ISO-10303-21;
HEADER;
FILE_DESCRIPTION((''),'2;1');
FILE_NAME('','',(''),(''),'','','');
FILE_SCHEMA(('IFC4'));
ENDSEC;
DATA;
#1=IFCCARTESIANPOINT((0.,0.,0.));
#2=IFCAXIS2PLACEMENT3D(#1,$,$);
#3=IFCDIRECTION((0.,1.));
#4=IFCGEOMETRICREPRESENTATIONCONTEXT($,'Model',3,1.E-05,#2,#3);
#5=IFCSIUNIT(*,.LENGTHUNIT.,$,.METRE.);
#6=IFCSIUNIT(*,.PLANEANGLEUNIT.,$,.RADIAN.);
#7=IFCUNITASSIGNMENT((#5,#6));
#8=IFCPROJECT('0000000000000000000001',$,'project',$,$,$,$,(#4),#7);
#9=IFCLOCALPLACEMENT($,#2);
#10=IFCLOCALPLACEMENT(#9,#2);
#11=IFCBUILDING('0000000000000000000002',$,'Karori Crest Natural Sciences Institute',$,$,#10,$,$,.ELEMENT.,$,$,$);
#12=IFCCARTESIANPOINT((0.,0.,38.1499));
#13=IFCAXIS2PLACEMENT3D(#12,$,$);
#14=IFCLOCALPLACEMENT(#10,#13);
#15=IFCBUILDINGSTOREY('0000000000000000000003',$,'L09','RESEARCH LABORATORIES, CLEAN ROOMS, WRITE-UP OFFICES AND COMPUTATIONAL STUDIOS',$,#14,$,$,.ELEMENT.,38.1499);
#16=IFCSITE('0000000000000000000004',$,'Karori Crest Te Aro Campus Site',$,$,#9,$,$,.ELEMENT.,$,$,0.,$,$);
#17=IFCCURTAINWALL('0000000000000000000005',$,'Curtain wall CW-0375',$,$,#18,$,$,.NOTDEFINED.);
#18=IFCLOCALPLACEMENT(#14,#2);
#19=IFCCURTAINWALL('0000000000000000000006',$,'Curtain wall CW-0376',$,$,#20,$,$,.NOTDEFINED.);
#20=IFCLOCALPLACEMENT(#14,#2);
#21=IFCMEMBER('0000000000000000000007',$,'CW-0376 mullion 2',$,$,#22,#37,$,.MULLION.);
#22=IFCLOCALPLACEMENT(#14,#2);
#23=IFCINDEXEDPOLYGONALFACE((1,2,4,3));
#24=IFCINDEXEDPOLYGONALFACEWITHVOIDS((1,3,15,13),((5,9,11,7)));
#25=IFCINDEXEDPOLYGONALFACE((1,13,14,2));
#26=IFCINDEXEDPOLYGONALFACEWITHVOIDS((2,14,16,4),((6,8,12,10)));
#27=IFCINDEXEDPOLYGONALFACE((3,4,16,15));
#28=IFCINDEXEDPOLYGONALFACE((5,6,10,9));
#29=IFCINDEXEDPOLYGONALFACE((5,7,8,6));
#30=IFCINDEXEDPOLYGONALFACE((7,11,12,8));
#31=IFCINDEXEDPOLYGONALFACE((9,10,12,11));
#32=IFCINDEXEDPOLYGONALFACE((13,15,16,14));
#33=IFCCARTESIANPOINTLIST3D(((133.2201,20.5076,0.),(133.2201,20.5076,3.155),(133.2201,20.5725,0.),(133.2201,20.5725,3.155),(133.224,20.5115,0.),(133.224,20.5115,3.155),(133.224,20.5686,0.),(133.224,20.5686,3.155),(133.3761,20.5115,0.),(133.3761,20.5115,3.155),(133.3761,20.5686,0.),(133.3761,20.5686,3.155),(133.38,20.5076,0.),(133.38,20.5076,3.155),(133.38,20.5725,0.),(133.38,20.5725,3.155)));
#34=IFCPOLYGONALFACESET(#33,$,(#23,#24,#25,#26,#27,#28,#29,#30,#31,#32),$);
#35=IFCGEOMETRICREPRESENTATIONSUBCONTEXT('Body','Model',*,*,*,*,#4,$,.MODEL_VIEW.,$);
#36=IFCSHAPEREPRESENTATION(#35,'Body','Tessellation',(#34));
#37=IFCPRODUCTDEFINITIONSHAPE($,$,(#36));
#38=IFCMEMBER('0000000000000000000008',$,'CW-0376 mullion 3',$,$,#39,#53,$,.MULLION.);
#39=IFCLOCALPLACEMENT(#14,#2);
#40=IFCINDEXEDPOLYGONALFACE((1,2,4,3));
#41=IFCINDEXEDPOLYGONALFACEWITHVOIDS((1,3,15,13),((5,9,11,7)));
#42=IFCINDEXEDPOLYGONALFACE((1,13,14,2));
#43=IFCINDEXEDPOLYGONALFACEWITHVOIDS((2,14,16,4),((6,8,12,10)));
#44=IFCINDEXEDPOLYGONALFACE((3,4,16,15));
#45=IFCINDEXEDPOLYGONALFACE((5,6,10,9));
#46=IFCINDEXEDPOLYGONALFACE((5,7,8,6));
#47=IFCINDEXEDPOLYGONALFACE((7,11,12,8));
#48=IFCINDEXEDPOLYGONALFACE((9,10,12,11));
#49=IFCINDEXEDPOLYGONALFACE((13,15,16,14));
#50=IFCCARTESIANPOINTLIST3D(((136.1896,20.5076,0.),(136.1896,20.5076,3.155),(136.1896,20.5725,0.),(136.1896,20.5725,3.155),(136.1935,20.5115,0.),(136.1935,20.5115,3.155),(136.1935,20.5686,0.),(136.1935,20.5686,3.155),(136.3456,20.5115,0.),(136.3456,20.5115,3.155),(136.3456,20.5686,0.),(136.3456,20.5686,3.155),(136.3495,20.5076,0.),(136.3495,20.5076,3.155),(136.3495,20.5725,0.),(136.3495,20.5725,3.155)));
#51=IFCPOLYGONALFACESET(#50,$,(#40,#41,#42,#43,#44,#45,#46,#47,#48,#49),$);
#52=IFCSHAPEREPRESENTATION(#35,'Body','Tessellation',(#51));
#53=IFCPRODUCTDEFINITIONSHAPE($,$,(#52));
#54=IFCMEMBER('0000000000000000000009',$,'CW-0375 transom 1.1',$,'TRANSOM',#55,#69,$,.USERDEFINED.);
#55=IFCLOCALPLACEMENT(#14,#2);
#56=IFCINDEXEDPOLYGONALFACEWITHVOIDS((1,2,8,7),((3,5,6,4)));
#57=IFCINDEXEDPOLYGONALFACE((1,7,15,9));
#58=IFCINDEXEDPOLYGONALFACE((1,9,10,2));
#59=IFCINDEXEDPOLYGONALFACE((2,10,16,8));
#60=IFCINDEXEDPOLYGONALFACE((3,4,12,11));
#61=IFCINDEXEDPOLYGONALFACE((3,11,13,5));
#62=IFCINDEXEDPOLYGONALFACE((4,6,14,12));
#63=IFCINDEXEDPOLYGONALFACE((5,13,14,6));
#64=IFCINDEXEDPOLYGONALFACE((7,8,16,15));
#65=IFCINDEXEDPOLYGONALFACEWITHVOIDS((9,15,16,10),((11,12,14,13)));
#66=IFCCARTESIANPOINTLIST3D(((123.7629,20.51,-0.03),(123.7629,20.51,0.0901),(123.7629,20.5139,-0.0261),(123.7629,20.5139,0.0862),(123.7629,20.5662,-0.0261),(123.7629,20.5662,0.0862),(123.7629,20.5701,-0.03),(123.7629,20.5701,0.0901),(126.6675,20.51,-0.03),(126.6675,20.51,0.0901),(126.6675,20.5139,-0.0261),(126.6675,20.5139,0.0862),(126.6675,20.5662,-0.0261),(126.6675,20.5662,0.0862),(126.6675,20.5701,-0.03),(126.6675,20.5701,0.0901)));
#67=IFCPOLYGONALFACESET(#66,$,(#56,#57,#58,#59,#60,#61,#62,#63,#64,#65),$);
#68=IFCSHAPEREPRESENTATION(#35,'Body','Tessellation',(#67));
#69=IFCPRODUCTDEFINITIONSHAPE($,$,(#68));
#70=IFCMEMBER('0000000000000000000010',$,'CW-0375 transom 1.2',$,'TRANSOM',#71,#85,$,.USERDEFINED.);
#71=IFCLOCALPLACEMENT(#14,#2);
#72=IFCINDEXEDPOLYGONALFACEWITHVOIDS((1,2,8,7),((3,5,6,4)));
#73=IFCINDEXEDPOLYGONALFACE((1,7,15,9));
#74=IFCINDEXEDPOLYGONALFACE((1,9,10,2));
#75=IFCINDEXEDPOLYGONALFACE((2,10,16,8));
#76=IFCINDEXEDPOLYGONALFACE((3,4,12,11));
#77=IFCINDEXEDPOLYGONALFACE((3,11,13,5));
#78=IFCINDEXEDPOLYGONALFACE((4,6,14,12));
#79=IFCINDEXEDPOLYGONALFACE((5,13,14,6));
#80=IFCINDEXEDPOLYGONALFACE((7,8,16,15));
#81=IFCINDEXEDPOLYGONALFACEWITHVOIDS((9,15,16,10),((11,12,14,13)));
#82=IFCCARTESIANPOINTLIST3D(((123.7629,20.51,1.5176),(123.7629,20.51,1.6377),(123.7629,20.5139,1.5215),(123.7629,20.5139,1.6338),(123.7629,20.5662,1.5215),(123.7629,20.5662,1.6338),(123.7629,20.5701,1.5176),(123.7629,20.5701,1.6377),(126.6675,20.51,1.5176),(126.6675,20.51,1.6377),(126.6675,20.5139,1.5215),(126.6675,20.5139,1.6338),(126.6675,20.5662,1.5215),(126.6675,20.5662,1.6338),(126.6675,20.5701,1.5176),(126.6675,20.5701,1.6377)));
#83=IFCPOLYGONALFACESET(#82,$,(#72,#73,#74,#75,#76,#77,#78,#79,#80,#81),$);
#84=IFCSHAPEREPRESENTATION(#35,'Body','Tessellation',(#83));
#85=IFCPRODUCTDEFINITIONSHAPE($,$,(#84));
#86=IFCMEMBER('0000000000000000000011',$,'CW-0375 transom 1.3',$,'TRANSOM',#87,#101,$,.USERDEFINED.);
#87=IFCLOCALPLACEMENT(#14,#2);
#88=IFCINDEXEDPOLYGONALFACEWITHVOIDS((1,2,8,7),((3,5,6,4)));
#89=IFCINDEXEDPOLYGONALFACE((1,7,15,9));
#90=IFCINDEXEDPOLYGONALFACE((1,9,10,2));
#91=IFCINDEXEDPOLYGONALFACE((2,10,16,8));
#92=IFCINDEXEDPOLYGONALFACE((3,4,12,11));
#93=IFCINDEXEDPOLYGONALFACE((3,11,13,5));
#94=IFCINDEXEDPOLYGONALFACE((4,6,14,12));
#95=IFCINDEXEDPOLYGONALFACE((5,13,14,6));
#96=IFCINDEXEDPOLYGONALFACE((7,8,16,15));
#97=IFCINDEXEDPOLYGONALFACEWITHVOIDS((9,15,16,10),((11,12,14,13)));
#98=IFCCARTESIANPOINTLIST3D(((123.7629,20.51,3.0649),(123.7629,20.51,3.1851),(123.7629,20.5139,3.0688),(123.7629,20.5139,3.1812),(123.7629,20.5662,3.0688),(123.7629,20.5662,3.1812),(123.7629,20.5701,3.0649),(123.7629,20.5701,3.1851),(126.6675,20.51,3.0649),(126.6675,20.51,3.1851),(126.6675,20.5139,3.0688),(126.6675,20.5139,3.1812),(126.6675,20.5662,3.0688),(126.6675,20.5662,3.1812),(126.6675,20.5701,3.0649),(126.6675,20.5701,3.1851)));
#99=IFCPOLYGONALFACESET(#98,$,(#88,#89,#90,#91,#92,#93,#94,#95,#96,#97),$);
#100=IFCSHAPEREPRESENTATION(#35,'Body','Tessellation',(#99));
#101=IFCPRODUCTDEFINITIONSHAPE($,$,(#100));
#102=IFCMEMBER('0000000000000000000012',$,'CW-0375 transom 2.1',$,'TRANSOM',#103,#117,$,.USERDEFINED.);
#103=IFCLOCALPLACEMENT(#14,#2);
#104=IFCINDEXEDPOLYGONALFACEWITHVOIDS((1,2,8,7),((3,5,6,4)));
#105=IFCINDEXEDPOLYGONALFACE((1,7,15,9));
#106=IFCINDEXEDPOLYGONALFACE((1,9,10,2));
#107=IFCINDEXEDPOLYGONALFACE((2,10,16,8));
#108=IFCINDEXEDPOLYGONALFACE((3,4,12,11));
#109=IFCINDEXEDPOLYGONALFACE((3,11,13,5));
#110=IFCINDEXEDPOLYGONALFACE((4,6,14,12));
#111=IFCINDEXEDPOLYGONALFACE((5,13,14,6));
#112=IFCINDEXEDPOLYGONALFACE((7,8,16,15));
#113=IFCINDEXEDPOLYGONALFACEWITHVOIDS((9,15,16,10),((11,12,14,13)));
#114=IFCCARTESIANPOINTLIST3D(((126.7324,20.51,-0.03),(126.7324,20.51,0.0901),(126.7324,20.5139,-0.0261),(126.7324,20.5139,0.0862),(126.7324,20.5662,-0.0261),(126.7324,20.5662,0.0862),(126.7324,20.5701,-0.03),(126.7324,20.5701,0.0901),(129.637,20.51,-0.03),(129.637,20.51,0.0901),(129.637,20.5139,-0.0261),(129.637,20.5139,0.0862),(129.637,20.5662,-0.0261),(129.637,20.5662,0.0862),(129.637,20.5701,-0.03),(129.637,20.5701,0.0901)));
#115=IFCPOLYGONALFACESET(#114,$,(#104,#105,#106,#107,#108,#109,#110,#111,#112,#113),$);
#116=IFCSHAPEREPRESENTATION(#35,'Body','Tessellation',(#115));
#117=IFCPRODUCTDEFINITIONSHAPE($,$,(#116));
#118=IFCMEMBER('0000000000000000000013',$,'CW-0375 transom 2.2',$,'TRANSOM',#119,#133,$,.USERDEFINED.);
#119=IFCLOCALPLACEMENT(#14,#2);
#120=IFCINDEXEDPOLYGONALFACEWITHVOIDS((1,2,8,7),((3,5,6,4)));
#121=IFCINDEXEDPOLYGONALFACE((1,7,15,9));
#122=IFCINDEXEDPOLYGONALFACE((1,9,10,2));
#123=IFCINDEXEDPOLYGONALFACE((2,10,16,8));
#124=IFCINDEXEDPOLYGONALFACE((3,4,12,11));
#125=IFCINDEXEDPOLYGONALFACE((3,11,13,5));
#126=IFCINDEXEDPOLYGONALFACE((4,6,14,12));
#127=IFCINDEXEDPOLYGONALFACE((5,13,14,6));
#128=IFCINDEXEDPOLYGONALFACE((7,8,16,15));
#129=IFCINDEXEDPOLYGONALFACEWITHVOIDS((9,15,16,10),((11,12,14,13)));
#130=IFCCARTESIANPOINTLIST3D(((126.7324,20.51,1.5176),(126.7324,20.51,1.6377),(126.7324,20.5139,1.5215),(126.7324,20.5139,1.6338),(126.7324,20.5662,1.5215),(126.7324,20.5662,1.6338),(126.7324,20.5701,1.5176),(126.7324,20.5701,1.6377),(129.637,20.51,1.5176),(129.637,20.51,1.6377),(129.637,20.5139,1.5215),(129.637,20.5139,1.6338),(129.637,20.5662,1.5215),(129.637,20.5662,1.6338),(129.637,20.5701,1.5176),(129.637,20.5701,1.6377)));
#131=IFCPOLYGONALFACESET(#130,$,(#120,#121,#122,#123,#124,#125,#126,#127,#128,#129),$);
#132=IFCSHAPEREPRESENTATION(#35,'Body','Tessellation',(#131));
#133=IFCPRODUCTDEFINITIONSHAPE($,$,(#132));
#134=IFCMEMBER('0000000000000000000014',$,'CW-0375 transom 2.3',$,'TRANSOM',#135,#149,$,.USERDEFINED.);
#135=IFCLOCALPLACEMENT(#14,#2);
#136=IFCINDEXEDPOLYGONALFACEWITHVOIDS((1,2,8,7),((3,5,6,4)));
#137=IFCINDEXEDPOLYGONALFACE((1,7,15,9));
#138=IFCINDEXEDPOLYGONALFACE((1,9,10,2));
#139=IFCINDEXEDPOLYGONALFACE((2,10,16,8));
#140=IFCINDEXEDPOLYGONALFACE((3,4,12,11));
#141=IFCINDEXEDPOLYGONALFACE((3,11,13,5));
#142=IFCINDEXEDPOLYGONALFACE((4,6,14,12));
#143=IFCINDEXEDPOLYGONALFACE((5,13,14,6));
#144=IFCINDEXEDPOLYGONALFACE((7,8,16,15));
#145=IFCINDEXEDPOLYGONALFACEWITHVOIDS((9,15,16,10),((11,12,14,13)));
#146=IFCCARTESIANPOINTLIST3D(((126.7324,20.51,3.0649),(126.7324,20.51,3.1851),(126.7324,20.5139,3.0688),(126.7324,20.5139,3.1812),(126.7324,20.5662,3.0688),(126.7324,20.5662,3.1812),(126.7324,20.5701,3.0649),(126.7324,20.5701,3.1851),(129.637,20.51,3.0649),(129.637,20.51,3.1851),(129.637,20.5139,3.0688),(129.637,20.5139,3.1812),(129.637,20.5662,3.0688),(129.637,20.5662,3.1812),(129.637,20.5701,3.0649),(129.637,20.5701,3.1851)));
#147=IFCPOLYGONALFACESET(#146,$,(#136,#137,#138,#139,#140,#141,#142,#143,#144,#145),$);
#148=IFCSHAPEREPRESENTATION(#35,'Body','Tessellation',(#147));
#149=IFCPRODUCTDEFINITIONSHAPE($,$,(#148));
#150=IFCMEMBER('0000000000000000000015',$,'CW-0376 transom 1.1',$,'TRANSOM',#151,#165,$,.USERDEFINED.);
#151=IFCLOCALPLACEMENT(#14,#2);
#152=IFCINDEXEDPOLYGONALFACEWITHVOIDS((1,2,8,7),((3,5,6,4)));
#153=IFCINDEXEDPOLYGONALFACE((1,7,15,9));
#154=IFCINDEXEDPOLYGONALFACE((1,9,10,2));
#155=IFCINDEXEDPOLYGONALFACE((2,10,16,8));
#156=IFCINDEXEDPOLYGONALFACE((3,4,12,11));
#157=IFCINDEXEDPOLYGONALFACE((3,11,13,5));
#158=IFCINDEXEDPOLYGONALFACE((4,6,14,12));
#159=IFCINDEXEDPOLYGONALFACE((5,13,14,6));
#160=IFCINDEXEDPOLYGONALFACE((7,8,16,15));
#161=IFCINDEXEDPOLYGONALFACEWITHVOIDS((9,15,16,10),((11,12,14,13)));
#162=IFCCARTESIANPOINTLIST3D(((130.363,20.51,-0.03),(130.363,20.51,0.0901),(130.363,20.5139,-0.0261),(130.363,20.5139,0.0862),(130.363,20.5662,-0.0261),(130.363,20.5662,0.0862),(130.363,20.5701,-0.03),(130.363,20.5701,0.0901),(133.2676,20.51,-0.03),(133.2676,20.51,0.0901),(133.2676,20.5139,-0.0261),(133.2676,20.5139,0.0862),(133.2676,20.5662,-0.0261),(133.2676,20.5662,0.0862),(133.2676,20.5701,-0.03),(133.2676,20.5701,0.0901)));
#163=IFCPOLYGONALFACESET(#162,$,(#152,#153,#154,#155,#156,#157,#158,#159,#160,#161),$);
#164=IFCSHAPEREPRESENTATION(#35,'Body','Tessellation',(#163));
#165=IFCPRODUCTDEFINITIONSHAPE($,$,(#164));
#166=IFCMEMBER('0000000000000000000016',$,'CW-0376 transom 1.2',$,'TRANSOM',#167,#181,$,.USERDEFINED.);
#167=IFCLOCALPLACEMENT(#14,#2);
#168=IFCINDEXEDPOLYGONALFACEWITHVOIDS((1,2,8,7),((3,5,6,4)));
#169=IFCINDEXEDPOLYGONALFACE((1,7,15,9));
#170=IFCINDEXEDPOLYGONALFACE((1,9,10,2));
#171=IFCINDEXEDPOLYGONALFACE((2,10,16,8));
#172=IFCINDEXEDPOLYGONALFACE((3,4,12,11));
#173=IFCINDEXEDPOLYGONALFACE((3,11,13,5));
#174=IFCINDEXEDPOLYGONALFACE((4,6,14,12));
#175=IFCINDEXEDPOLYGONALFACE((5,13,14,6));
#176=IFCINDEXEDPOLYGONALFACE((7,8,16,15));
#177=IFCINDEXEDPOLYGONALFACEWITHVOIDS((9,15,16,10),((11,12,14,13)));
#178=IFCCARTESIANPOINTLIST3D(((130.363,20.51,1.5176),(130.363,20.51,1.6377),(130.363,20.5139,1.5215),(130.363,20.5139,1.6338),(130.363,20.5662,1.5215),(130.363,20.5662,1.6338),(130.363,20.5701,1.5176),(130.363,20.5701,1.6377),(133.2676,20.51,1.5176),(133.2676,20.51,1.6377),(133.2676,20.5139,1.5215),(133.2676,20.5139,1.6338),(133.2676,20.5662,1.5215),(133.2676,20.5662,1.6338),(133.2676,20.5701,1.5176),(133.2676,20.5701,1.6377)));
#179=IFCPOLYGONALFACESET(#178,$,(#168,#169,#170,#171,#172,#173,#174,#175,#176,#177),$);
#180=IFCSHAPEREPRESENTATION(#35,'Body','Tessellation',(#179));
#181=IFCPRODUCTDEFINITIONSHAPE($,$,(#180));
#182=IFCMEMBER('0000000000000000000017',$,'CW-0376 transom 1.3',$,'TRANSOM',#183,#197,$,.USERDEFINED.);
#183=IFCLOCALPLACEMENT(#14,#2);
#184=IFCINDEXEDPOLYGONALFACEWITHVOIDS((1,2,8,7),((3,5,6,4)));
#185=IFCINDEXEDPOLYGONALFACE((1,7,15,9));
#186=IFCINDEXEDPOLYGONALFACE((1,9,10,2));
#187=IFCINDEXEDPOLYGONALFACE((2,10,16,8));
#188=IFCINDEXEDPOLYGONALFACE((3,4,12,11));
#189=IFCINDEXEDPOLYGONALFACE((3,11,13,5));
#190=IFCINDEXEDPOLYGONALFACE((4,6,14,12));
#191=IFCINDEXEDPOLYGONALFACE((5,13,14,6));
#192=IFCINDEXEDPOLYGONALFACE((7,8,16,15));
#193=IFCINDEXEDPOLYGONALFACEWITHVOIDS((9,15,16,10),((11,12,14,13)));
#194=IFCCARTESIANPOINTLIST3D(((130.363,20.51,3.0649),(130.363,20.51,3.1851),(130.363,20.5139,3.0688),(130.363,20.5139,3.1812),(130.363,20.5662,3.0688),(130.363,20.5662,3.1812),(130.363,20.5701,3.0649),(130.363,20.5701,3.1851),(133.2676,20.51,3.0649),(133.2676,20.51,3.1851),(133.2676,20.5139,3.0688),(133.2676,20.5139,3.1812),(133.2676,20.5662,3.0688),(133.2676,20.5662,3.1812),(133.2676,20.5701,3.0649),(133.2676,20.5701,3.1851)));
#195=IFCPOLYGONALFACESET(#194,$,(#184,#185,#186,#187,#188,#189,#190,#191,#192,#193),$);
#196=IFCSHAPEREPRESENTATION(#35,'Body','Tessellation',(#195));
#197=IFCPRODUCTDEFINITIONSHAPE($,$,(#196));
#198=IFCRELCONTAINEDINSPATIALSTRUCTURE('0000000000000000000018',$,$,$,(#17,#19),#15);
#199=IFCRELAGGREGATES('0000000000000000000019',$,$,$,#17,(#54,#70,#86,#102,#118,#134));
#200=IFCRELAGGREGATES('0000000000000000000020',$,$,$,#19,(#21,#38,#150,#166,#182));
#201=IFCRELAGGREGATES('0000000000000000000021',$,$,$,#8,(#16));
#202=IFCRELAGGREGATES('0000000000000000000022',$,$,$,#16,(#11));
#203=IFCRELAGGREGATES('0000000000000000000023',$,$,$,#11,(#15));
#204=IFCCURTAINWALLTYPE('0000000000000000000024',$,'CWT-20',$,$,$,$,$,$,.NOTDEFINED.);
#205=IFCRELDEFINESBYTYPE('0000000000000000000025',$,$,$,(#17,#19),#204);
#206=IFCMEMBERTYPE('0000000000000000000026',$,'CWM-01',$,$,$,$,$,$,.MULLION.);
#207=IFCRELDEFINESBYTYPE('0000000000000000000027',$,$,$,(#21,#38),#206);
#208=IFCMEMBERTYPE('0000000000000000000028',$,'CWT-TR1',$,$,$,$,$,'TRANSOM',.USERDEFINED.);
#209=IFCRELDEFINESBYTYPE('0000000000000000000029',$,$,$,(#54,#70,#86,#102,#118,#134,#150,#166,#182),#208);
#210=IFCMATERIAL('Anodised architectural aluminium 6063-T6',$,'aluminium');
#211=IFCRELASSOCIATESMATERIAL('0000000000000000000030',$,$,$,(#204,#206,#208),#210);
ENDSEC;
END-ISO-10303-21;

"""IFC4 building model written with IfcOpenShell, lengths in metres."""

from ifc_helpers import new_model, si_unit, direction, frame, origin, origin_2d, place, context, subcontext, project, spatial, hollow_rectangle, extrude, material, material_profile, profile_set, type_object, element, aggregate, save


model = new_model("IFC4")

# Units and contexts
model_context = context("Model", 3, precision=1e-05, world=origin(), true_north=direction((0.0, 1.0)))
body_context = subcontext(model_context, "Body", "Model", "MODEL_VIEW")
ifc_project = project(units=[si_unit("LENGTHUNIT", "METRE"), si_unit("PLANEANGLEUNIT", "RADIAN")], contexts=[model_context])

# Site, building, storey
site_placement = place(None, origin())
site = spatial("IfcSite", under=ifc_project, at=site_placement, Name="Karori Crest Te Aro Campus Site", CompositionType="ELEMENT", RefElevation=0.0)
building_placement = place(site_placement, origin())
building = spatial("IfcBuilding", under=site, at=building_placement, Name="Karori Crest Natural Sciences Institute", CompositionType="ELEMENT")
storey_placement = place(building_placement, frame((0.0, 0.0, 38.1499)))
storey = spatial("IfcBuildingStorey", under=building, at=storey_placement, Name="L09", Description="RESEARCH LABORATORIES, CLEAN ROOMS, WRITE-UP OFFICES AND COMPUTATIONAL STUDIOS", CompositionType="ELEMENT", Elevation=38.1499)

# Curtain walls, members
ifc_material_1 = material(Name="Anodised architectural aluminium 6063-T6", Category="aluminium")
curtain_wall_type = type_object("IfcCurtainWallType", Name="CWT-20", PredefinedType="NOTDEFINED", material=ifc_material_1)
curtain_wall_1_placement = place(storey_placement, origin())
curtain_wall_1 = element("IfcCurtainWall", 1, at=curtain_wall_1_placement, inside=storey, type_object=curtain_wall_type, Name="Curtain wall CW-0375", PredefinedType="NOTDEFINED")
ifc_material_profile_1 = material_profile(ifc_material_1, hollow_rectangle(XDim=0.0649, YDim=0.1599, WallThickness=0.0039, at=origin_2d()), Name="CWM160x65x4")
ifc_profile_set_1 = profile_set([ifc_material_profile_1], Name="Anodised architectural aluminium 6063-T6")
member_type_1 = type_object("IfcMemberType", Name="CWM-01", PredefinedType="MULLION", material=ifc_profile_set_1)
curtain_wall_2_placement = place(storey_placement, origin())
curtain_wall_2 = element("IfcCurtainWall", 2, at=curtain_wall_2_placement, inside=storey, type_object=curtain_wall_type, Name="Curtain wall CW-0376", PredefinedType="NOTDEFINED")
member_1_placement = place(storey_placement, frame((133.3, 20.54, 0.0), z_axis=(0.0, 0.0, 1.0), x_axis=(0.0, 1.0, 0.0)))
member_1 = element("IfcMember", 3, at=member_1_placement, type_object=member_type_1, Name="CW-0376 mullion 2", PredefinedType="MULLION", context=body_context, shape_type="SweptSolid", body=[
    extrude(hollow_rectangle(XDim=0.0649, YDim=0.1599, WallThickness=0.0039, at=origin_2d()), origin(), (0.0, 0.0, 1.0), 3.155),
])
member_2_placement = place(storey_placement, frame((136.2695, 20.54, 0.0), z_axis=(0.0, 0.0, 1.0), x_axis=(0.0, 1.0, 0.0)))
member_2 = element("IfcMember", 4, at=member_2_placement, type_object=member_type_1, Name="CW-0376 mullion 3", PredefinedType="MULLION", context=body_context, shape_type="SweptSolid", body=[
    extrude(hollow_rectangle(XDim=0.0649, YDim=0.1599, WallThickness=0.0039, at=origin_2d()), origin(), (0.0, 0.0, 1.0), 3.155),
])

# Members
ifc_material_profile_2 = material_profile(ifc_material_1, hollow_rectangle(XDim=0.0601, YDim=0.1201, WallThickness=0.0039, at=origin_2d()), Name="CWT120x60x4")
ifc_profile_set_2 = profile_set([ifc_material_profile_2], Name="Anodised architectural aluminium 6063-T6")
member_type_2 = type_object("IfcMemberType", Name="CWT-TR1", ElementType="TRANSOM", PredefinedType="USERDEFINED", material=ifc_profile_set_2)
member_3_placement = place(storey_placement, frame((123.7629, 20.54, 0.03), z_axis=(1.0, 0.0, 0.0), x_axis=(0.0, 1.0, 0.0)))
member_3 = element("IfcMember", 5, at=member_3_placement, type_object=member_type_2, Name="CW-0375 transom 1.1", ObjectType="TRANSOM", PredefinedType="USERDEFINED", context=body_context, shape_type="SweptSolid", body=[
    extrude(hollow_rectangle(XDim=0.0601, YDim=0.1201, WallThickness=0.0039, at=origin_2d()), origin(), (0.0, 0.0, 1.0), 2.9045),
])
member_4_placement = place(storey_placement, frame((123.7629, 20.54, 1.5776), z_axis=(1.0, 0.0, 0.0), x_axis=(0.0, 1.0, 0.0)))
member_4 = element("IfcMember", 6, at=member_4_placement, type_object=member_type_2, Name="CW-0375 transom 1.2", ObjectType="TRANSOM", PredefinedType="USERDEFINED", context=body_context, shape_type="SweptSolid", body=[
    extrude(hollow_rectangle(XDim=0.0601, YDim=0.1201, WallThickness=0.0039, at=origin_2d()), origin(), (0.0, 0.0, 1.0), 2.9045),
])
member_5_placement = place(storey_placement, frame((123.7629, 20.54, 3.125), z_axis=(1.0, 0.0, 0.0), x_axis=(0.0, 1.0, 0.0)))
member_5 = element("IfcMember", 7, at=member_5_placement, type_object=member_type_2, Name="CW-0375 transom 1.3", ObjectType="TRANSOM", PredefinedType="USERDEFINED", context=body_context, shape_type="SweptSolid", body=[
    extrude(hollow_rectangle(XDim=0.0601, YDim=0.1201, WallThickness=0.0039, at=origin_2d()), origin(), (0.0, 0.0, 1.0), 2.9045),
])
member_6_placement = place(storey_placement, frame((126.7324, 20.54, 0.03), z_axis=(1.0, 0.0, 0.0), x_axis=(0.0, 1.0, 0.0)))
member_6 = element("IfcMember", 8, at=member_6_placement, type_object=member_type_2, Name="CW-0375 transom 2.1", ObjectType="TRANSOM", PredefinedType="USERDEFINED", context=body_context, shape_type="SweptSolid", body=[
    extrude(hollow_rectangle(XDim=0.0601, YDim=0.1201, WallThickness=0.0039, at=origin_2d()), origin(), (0.0, 0.0, 1.0), 2.9045),
])
member_7_placement = place(storey_placement, frame((126.7324, 20.54, 1.5776), z_axis=(1.0, 0.0, 0.0), x_axis=(0.0, 1.0, 0.0)))
member_7 = element("IfcMember", 9, at=member_7_placement, type_object=member_type_2, Name="CW-0375 transom 2.2", ObjectType="TRANSOM", PredefinedType="USERDEFINED", context=body_context, shape_type="SweptSolid", body=[
    extrude(hollow_rectangle(XDim=0.0601, YDim=0.1201, WallThickness=0.0039, at=origin_2d()), origin(), (0.0, 0.0, 1.0), 2.9045),
])
member_8_placement = place(storey_placement, frame((126.7324, 20.54, 3.125), z_axis=(1.0, 0.0, 0.0), x_axis=(0.0, 1.0, 0.0)))
member_8 = element("IfcMember", 10, at=member_8_placement, type_object=member_type_2, Name="CW-0375 transom 2.3", ObjectType="TRANSOM", PredefinedType="USERDEFINED", context=body_context, shape_type="SweptSolid", body=[
    extrude(hollow_rectangle(XDim=0.0601, YDim=0.1201, WallThickness=0.0039, at=origin_2d()), origin(), (0.0, 0.0, 1.0), 2.9045),
])
member_9_placement = place(storey_placement, frame((130.363, 20.54, 0.03), z_axis=(1.0, 0.0, 0.0), x_axis=(0.0, 1.0, 0.0)))
member_9 = element("IfcMember", 11, at=member_9_placement, type_object=member_type_2, Name="CW-0376 transom 1.1", ObjectType="TRANSOM", PredefinedType="USERDEFINED", context=body_context, shape_type="SweptSolid", body=[
    extrude(hollow_rectangle(XDim=0.0601, YDim=0.1201, WallThickness=0.0039, at=origin_2d()), origin(), (0.0, 0.0, 1.0), 2.9045),
])
member_10_placement = place(storey_placement, frame((130.363, 20.54, 1.5776), z_axis=(1.0, 0.0, 0.0), x_axis=(0.0, 1.0, 0.0)))
member_10 = element("IfcMember", 12, at=member_10_placement, type_object=member_type_2, Name="CW-0376 transom 1.2", ObjectType="TRANSOM", PredefinedType="USERDEFINED", context=body_context, shape_type="SweptSolid", body=[
    extrude(hollow_rectangle(XDim=0.0601, YDim=0.1201, WallThickness=0.0039, at=origin_2d()), origin(), (0.0, 0.0, 1.0), 2.9045),
])
member_11_placement = place(storey_placement, frame((130.363, 20.54, 3.125), z_axis=(1.0, 0.0, 0.0), x_axis=(0.0, 1.0, 0.0)))
member_11 = element("IfcMember", 13, at=member_11_placement, type_object=member_type_2, Name="CW-0376 transom 1.3", ObjectType="TRANSOM", PredefinedType="USERDEFINED", context=body_context, shape_type="SweptSolid", body=[
    extrude(hollow_rectangle(XDim=0.0601, YDim=0.1201, WallThickness=0.0039, at=origin_2d()), origin(), (0.0, 0.0, 1.0), 2.9045),
])

aggregate(curtain_wall_1, [member_3, member_4, member_5, member_6, member_7, member_8])
aggregate(curtain_wall_2, [member_1, member_2, member_9, member_10, member_11])

save(model, "model.ifc")
